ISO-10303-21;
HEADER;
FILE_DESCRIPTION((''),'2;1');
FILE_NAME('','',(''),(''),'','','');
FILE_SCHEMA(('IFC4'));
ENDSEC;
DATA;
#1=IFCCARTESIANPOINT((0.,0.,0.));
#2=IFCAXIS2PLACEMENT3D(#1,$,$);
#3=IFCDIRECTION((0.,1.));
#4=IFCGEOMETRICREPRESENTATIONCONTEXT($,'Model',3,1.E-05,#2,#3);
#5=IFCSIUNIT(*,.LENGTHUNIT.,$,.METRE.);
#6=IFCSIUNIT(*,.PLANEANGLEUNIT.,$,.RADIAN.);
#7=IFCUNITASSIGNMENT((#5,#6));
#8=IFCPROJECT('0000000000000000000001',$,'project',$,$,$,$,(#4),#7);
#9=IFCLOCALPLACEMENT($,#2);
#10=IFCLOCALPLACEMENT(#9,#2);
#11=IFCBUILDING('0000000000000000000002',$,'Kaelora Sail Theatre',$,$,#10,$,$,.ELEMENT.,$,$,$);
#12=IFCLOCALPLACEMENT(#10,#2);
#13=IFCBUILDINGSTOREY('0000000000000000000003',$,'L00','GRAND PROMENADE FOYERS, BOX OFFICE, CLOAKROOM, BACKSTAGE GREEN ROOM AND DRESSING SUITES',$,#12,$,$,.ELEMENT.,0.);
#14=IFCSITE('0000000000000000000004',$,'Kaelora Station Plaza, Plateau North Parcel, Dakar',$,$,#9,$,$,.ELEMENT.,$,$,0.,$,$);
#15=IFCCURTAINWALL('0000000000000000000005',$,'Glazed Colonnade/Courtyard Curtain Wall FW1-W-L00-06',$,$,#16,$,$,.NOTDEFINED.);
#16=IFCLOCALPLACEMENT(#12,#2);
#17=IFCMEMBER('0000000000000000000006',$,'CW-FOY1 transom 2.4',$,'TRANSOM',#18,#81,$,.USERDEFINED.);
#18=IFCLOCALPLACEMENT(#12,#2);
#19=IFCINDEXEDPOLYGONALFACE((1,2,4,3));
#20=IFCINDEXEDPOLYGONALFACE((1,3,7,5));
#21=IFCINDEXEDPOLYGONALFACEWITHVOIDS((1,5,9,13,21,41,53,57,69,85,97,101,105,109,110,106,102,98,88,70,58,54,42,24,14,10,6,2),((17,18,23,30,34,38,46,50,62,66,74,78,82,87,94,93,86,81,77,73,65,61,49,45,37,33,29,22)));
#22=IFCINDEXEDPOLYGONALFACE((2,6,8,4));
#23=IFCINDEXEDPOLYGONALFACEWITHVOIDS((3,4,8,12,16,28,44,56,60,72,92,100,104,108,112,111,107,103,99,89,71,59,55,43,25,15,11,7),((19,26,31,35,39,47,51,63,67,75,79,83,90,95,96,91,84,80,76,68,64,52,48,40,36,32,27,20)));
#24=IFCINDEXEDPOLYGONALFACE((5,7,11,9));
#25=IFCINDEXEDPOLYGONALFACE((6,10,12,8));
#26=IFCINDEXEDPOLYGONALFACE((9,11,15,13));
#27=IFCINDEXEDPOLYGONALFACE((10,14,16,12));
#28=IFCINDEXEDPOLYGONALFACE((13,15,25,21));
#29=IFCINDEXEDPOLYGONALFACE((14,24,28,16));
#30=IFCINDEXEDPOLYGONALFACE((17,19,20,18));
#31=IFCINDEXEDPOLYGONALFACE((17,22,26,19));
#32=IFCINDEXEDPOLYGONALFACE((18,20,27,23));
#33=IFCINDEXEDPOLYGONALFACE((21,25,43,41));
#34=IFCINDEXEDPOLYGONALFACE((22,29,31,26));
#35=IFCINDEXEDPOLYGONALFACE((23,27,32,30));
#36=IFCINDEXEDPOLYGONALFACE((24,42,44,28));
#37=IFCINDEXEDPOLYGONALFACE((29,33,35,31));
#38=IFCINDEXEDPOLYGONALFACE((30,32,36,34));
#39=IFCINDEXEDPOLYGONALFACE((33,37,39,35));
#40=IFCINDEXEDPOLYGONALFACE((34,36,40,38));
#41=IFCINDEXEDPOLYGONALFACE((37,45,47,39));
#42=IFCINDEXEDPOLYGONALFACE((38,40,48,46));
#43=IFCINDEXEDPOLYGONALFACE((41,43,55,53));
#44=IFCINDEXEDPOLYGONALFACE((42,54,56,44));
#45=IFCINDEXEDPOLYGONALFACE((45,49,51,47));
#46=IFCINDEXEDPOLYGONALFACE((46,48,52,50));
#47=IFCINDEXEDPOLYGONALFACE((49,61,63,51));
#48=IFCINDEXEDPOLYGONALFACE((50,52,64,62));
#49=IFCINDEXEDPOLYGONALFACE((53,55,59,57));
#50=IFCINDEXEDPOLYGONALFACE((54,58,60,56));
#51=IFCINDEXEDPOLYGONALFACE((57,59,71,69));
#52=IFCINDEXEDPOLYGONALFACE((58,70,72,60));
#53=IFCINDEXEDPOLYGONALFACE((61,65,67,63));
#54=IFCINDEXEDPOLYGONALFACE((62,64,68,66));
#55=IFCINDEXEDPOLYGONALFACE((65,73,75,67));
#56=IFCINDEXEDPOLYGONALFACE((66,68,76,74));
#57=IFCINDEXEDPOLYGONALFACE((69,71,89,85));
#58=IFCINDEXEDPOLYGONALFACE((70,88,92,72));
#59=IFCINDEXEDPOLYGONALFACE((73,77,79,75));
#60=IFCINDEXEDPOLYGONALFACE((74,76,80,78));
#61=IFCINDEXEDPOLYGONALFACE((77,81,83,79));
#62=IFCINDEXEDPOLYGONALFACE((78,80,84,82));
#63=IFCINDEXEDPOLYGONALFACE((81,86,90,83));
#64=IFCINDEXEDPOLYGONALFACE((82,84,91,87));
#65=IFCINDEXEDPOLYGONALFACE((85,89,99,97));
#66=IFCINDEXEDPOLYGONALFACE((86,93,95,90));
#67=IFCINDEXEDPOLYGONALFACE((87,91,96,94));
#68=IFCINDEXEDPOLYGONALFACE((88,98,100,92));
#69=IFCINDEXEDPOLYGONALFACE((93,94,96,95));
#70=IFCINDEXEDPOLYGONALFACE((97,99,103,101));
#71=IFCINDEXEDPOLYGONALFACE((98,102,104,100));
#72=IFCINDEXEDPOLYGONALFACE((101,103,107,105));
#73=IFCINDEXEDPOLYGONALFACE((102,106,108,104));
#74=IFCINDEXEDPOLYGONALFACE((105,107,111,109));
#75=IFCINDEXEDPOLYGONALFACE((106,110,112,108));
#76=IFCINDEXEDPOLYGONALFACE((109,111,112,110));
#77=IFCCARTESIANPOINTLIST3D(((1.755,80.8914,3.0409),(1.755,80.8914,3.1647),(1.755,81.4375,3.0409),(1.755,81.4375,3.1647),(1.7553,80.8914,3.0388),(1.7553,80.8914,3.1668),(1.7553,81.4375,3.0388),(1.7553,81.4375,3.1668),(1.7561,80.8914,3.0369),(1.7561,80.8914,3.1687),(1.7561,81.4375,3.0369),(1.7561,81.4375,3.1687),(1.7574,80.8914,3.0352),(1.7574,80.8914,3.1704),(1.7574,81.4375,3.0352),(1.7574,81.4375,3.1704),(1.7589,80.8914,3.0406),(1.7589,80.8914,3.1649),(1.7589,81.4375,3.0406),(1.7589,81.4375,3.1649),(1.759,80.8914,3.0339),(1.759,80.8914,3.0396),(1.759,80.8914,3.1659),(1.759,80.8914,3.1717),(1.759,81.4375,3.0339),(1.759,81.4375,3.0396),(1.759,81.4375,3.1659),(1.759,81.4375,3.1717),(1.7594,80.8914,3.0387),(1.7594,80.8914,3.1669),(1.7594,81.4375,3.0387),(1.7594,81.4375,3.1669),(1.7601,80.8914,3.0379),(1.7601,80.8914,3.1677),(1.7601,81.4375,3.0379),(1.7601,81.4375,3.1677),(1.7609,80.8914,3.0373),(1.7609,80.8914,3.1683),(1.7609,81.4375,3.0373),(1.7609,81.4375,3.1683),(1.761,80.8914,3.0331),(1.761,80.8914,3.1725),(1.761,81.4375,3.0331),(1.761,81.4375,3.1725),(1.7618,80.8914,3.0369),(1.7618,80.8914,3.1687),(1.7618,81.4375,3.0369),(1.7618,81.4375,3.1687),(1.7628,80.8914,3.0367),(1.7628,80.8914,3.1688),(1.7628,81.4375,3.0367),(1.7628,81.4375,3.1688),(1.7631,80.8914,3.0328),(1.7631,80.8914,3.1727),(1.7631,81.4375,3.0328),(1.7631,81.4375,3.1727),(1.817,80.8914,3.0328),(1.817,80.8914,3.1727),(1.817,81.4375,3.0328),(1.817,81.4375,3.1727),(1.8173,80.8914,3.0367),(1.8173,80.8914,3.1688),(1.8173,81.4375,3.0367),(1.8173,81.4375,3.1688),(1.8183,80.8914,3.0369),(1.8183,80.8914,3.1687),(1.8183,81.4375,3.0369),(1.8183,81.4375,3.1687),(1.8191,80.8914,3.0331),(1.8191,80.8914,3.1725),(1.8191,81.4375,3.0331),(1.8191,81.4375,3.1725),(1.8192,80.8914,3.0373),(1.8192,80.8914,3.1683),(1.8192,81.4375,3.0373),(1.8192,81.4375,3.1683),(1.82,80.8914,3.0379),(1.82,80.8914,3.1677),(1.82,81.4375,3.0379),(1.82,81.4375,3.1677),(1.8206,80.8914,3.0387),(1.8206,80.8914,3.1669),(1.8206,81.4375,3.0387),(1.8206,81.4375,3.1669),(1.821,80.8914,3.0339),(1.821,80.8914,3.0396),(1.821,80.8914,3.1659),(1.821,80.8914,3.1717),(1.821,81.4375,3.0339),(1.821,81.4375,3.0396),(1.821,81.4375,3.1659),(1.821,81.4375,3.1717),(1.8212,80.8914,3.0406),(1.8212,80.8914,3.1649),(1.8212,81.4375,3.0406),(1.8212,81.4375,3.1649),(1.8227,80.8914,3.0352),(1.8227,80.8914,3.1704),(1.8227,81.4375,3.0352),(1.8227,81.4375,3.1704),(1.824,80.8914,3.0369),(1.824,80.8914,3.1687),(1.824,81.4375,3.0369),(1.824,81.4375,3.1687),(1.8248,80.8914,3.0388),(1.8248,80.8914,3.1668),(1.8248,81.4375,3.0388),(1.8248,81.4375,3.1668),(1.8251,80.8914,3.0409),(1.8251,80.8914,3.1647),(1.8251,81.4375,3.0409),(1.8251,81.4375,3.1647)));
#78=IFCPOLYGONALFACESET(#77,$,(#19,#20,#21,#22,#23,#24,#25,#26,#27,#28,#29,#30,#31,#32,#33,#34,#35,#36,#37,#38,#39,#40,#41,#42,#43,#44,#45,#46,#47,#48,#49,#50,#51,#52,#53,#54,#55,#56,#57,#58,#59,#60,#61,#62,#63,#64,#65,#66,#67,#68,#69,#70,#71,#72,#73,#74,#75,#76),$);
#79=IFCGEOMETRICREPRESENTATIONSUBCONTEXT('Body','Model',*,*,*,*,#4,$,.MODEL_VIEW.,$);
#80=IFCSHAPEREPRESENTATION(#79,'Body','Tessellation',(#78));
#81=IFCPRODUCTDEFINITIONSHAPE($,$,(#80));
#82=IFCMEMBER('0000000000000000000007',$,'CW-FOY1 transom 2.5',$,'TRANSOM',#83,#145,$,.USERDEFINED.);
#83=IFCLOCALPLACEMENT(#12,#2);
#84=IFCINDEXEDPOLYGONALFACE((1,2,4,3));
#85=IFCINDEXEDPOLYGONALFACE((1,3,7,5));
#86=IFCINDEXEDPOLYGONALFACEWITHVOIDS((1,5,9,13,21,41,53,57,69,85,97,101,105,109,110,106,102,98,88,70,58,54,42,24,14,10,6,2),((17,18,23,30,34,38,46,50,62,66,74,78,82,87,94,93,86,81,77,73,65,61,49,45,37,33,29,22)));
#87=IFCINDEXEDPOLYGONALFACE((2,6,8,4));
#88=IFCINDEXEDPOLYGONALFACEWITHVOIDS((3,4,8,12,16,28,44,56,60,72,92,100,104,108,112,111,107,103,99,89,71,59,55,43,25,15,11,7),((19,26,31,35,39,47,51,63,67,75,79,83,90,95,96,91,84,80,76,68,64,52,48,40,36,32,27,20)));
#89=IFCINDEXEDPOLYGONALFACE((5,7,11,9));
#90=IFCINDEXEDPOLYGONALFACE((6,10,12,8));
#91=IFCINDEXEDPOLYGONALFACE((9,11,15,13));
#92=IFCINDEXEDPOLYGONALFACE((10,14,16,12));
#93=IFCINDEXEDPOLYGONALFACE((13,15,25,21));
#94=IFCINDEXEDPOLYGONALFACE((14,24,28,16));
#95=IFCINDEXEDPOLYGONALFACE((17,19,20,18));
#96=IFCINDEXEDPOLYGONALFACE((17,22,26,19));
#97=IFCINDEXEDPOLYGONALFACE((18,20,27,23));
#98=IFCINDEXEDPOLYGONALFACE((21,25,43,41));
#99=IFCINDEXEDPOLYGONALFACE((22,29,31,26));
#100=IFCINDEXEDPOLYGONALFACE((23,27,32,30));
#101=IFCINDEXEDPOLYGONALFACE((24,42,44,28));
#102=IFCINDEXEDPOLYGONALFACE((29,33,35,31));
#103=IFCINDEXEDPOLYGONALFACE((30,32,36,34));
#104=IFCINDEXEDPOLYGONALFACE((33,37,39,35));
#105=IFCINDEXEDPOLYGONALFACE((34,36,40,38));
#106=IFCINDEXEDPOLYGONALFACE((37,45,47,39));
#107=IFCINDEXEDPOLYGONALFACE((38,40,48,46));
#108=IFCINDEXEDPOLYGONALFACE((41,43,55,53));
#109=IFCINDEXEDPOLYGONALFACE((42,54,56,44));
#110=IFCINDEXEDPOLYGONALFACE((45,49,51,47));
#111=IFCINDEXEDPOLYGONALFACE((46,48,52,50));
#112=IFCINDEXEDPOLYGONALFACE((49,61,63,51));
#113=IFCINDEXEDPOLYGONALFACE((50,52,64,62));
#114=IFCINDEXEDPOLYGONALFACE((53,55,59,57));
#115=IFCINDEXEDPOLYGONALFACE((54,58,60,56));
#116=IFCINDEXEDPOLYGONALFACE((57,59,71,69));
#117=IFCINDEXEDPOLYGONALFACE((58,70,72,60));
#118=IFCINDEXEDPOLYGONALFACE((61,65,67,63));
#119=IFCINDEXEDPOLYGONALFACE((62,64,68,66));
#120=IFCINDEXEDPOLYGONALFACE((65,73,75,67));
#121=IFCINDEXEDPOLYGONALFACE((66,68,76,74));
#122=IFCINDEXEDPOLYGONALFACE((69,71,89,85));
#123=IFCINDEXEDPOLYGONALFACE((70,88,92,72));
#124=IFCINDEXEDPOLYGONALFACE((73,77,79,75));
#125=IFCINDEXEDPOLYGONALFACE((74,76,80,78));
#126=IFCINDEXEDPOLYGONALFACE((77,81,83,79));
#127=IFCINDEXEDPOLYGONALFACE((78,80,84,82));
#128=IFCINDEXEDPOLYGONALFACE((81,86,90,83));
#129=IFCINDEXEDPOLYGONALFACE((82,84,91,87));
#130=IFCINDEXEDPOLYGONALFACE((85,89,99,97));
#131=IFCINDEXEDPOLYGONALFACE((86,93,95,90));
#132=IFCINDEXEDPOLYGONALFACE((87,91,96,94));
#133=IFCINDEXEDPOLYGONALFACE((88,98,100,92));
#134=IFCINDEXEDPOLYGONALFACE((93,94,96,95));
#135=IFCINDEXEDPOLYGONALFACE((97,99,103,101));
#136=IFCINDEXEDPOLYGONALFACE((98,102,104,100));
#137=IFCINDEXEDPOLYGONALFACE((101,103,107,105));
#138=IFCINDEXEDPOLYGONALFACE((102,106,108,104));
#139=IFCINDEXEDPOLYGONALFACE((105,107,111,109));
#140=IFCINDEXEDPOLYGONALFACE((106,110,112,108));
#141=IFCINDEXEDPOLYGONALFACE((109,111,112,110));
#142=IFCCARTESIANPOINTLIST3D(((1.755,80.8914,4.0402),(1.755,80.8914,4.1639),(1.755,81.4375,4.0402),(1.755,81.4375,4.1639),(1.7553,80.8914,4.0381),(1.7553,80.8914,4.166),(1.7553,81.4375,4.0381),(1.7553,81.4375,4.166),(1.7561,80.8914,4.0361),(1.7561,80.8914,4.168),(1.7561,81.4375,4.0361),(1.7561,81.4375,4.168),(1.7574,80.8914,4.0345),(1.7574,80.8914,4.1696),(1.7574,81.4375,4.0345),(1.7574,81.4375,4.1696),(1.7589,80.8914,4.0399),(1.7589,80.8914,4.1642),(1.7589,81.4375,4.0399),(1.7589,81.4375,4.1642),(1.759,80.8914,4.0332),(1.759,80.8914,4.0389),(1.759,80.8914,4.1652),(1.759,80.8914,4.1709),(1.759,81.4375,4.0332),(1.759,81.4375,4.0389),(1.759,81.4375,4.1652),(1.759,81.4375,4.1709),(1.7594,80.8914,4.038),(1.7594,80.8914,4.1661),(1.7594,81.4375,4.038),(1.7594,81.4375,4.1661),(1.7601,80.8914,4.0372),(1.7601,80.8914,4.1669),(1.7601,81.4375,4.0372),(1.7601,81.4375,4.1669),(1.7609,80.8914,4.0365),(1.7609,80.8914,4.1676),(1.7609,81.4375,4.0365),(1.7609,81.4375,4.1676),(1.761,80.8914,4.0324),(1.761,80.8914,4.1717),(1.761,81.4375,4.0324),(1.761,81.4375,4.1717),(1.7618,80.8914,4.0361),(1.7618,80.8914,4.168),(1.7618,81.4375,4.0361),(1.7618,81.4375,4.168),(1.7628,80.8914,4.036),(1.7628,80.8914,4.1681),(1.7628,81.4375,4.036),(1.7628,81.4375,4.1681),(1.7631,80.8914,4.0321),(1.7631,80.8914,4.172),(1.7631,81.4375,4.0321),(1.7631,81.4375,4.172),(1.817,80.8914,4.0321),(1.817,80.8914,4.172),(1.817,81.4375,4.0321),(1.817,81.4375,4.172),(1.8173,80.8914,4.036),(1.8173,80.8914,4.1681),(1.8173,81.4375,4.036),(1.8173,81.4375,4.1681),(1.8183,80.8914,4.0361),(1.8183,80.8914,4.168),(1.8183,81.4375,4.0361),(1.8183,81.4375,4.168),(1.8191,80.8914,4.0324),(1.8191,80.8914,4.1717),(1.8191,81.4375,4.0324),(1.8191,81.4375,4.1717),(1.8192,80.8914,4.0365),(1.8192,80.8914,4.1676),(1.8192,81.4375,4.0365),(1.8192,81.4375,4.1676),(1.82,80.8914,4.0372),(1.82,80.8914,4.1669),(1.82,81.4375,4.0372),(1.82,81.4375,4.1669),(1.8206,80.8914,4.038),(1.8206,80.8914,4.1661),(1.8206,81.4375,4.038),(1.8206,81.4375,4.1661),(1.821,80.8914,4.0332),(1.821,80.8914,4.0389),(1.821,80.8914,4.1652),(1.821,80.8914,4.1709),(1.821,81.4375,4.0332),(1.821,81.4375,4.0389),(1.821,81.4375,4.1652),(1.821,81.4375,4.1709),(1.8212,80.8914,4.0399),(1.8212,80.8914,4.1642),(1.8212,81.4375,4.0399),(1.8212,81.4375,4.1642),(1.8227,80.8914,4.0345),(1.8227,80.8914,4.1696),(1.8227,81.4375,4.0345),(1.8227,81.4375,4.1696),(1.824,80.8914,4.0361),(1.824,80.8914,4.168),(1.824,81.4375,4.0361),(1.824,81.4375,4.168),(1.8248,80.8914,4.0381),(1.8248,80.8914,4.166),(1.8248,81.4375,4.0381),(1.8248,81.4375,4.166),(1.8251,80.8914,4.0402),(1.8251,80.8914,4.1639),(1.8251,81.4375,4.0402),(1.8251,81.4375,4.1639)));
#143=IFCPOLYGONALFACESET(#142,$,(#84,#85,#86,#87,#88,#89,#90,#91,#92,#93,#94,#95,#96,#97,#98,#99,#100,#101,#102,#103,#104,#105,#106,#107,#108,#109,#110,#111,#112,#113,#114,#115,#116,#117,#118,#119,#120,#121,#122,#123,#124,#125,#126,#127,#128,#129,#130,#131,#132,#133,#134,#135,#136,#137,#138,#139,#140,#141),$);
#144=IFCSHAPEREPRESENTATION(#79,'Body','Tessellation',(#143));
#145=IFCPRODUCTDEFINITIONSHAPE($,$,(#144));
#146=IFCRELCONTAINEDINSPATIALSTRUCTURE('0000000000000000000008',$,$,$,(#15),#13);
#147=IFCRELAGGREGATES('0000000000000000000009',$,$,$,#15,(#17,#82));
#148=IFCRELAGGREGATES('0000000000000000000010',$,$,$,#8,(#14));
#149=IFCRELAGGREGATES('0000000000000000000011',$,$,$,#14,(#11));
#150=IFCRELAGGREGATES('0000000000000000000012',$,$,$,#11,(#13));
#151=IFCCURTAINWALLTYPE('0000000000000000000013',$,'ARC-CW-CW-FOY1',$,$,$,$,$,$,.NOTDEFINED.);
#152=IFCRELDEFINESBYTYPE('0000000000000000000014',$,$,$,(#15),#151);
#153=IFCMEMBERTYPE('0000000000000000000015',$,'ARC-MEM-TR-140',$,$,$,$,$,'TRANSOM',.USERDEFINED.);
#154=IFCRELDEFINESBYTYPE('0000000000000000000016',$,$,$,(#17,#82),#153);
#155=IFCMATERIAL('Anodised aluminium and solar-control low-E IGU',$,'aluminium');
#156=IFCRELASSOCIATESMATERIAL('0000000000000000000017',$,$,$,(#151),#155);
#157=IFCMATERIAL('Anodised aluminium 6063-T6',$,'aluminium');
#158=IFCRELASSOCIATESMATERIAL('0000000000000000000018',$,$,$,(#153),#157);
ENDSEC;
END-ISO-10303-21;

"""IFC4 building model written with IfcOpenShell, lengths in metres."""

from ifc_helpers import new_model, si_unit, direction, frame, origin, origin_2d, place, context, subcontext, project, spatial, hollow_rectangle, extrude, material, material_profile, profile_set, type_object, element, aggregate, save


model = new_model("IFC4")

# Units and contexts
model_context = context("Model", 3, precision=1e-05, world=origin(), true_north=direction((0.0, 1.0)))
body_context = subcontext(model_context, "Body", "Model", "MODEL_VIEW")
ifc_project = project(units=[si_unit("LENGTHUNIT", "METRE"), si_unit("PLANEANGLEUNIT", "RADIAN")], contexts=[model_context])

# Site, building, storey
site_placement = place(None, origin())
site = spatial("IfcSite", under=ifc_project, at=site_placement, Name="Kaelora Station Plaza, Plateau North Parcel, Dakar", CompositionType="ELEMENT", RefElevation=0.0)
building_placement = place(site_placement, origin())
building = spatial("IfcBuilding", under=site, at=building_placement, Name="Kaelora Sail Theatre", CompositionType="ELEMENT")
storey_placement = place(building_placement, origin())
storey = spatial("IfcBuildingStorey", under=building, at=storey_placement, Name="L00", Description="GRAND PROMENADE FOYERS, BOX OFFICE, CLOAKROOM, BACKSTAGE GREEN ROOM AND DRESSING SUITES", CompositionType="ELEMENT", Elevation=0.0)

# Curtain wall, members
ifc_material_1 = material(Name="Anodised aluminium and solar-control low-E IGU", Category="aluminium")
curtain_wall_type = type_object("IfcCurtainWallType", Name="ARC-CW-CW-FOY1", PredefinedType="NOTDEFINED", material=ifc_material_1)
curtain_wall_placement = place(storey_placement, origin())
curtain_wall = element("IfcCurtainWall", 1, at=curtain_wall_placement, inside=storey, type_object=curtain_wall_type, Name="Glazed Colonnade/Courtyard Curtain Wall FW1-W-L00-06", PredefinedType="NOTDEFINED")
ifc_material_2 = material(Name="Anodised aluminium 6063-T6", Category="aluminium")
ifc_material_profile_1 = material_profile(ifc_material_2, hollow_rectangle(XDim=0.0701, YDim=0.1399, WallThickness=0.0039, InnerFilletRadius=0.0039, OuterFilletRadius=0.0081, at=origin_2d()), Name="ALU-TRAN 70x140x4")
ifc_profile_set_1 = profile_set([ifc_material_profile_1], Name="Anodised aluminium 6063-T6")
member_type_1 = type_object("IfcMemberType", Name="ARC-MEM-TR-140", ElementType="TRANSOM", PredefinedType="USERDEFINED", material=ifc_profile_set_1)
member_1_placement = place(storey_placement, frame((1.79, 80.8914, 3.1028), z_axis=(0.0, 1.0, 0.0), x_axis=(-1.0, 0.0, 0.0)))
member_1 = element("IfcMember", 2, at=member_1_placement, type_object=member_type_1, Name="CW-FOY1 transom 2.4", ObjectType="TRANSOM", PredefinedType="USERDEFINED", context=body_context, shape_type="SweptSolid", body=[
    extrude(hollow_rectangle(XDim=0.0701, YDim=0.1399, WallThickness=0.0039, InnerFilletRadius=0.0039, OuterFilletRadius=0.0081, at=origin_2d()), origin(), (0.0, 0.0, 1.0), 0.5461),
])
member_2_placement = place(storey_placement, frame((1.79, 80.8914, 4.1021), z_axis=(0.0, 1.0, 0.0), x_axis=(-1.0, 0.0, 0.0)))
member_2 = element("IfcMember", 3, at=member_2_placement, type_object=member_type_1, Name="CW-FOY1 transom 2.5", ObjectType="TRANSOM", PredefinedType="USERDEFINED", context=body_context, shape_type="SweptSolid", body=[
    extrude(hollow_rectangle(XDim=0.0701, YDim=0.1399, WallThickness=0.0039, InnerFilletRadius=0.0039, OuterFilletRadius=0.0081, at=origin_2d()), origin(), (0.0, 0.0, 1.0), 0.5461),
])
aggregate(curtain_wall, [member_1, member_2])

save(model, "model.ifc")
